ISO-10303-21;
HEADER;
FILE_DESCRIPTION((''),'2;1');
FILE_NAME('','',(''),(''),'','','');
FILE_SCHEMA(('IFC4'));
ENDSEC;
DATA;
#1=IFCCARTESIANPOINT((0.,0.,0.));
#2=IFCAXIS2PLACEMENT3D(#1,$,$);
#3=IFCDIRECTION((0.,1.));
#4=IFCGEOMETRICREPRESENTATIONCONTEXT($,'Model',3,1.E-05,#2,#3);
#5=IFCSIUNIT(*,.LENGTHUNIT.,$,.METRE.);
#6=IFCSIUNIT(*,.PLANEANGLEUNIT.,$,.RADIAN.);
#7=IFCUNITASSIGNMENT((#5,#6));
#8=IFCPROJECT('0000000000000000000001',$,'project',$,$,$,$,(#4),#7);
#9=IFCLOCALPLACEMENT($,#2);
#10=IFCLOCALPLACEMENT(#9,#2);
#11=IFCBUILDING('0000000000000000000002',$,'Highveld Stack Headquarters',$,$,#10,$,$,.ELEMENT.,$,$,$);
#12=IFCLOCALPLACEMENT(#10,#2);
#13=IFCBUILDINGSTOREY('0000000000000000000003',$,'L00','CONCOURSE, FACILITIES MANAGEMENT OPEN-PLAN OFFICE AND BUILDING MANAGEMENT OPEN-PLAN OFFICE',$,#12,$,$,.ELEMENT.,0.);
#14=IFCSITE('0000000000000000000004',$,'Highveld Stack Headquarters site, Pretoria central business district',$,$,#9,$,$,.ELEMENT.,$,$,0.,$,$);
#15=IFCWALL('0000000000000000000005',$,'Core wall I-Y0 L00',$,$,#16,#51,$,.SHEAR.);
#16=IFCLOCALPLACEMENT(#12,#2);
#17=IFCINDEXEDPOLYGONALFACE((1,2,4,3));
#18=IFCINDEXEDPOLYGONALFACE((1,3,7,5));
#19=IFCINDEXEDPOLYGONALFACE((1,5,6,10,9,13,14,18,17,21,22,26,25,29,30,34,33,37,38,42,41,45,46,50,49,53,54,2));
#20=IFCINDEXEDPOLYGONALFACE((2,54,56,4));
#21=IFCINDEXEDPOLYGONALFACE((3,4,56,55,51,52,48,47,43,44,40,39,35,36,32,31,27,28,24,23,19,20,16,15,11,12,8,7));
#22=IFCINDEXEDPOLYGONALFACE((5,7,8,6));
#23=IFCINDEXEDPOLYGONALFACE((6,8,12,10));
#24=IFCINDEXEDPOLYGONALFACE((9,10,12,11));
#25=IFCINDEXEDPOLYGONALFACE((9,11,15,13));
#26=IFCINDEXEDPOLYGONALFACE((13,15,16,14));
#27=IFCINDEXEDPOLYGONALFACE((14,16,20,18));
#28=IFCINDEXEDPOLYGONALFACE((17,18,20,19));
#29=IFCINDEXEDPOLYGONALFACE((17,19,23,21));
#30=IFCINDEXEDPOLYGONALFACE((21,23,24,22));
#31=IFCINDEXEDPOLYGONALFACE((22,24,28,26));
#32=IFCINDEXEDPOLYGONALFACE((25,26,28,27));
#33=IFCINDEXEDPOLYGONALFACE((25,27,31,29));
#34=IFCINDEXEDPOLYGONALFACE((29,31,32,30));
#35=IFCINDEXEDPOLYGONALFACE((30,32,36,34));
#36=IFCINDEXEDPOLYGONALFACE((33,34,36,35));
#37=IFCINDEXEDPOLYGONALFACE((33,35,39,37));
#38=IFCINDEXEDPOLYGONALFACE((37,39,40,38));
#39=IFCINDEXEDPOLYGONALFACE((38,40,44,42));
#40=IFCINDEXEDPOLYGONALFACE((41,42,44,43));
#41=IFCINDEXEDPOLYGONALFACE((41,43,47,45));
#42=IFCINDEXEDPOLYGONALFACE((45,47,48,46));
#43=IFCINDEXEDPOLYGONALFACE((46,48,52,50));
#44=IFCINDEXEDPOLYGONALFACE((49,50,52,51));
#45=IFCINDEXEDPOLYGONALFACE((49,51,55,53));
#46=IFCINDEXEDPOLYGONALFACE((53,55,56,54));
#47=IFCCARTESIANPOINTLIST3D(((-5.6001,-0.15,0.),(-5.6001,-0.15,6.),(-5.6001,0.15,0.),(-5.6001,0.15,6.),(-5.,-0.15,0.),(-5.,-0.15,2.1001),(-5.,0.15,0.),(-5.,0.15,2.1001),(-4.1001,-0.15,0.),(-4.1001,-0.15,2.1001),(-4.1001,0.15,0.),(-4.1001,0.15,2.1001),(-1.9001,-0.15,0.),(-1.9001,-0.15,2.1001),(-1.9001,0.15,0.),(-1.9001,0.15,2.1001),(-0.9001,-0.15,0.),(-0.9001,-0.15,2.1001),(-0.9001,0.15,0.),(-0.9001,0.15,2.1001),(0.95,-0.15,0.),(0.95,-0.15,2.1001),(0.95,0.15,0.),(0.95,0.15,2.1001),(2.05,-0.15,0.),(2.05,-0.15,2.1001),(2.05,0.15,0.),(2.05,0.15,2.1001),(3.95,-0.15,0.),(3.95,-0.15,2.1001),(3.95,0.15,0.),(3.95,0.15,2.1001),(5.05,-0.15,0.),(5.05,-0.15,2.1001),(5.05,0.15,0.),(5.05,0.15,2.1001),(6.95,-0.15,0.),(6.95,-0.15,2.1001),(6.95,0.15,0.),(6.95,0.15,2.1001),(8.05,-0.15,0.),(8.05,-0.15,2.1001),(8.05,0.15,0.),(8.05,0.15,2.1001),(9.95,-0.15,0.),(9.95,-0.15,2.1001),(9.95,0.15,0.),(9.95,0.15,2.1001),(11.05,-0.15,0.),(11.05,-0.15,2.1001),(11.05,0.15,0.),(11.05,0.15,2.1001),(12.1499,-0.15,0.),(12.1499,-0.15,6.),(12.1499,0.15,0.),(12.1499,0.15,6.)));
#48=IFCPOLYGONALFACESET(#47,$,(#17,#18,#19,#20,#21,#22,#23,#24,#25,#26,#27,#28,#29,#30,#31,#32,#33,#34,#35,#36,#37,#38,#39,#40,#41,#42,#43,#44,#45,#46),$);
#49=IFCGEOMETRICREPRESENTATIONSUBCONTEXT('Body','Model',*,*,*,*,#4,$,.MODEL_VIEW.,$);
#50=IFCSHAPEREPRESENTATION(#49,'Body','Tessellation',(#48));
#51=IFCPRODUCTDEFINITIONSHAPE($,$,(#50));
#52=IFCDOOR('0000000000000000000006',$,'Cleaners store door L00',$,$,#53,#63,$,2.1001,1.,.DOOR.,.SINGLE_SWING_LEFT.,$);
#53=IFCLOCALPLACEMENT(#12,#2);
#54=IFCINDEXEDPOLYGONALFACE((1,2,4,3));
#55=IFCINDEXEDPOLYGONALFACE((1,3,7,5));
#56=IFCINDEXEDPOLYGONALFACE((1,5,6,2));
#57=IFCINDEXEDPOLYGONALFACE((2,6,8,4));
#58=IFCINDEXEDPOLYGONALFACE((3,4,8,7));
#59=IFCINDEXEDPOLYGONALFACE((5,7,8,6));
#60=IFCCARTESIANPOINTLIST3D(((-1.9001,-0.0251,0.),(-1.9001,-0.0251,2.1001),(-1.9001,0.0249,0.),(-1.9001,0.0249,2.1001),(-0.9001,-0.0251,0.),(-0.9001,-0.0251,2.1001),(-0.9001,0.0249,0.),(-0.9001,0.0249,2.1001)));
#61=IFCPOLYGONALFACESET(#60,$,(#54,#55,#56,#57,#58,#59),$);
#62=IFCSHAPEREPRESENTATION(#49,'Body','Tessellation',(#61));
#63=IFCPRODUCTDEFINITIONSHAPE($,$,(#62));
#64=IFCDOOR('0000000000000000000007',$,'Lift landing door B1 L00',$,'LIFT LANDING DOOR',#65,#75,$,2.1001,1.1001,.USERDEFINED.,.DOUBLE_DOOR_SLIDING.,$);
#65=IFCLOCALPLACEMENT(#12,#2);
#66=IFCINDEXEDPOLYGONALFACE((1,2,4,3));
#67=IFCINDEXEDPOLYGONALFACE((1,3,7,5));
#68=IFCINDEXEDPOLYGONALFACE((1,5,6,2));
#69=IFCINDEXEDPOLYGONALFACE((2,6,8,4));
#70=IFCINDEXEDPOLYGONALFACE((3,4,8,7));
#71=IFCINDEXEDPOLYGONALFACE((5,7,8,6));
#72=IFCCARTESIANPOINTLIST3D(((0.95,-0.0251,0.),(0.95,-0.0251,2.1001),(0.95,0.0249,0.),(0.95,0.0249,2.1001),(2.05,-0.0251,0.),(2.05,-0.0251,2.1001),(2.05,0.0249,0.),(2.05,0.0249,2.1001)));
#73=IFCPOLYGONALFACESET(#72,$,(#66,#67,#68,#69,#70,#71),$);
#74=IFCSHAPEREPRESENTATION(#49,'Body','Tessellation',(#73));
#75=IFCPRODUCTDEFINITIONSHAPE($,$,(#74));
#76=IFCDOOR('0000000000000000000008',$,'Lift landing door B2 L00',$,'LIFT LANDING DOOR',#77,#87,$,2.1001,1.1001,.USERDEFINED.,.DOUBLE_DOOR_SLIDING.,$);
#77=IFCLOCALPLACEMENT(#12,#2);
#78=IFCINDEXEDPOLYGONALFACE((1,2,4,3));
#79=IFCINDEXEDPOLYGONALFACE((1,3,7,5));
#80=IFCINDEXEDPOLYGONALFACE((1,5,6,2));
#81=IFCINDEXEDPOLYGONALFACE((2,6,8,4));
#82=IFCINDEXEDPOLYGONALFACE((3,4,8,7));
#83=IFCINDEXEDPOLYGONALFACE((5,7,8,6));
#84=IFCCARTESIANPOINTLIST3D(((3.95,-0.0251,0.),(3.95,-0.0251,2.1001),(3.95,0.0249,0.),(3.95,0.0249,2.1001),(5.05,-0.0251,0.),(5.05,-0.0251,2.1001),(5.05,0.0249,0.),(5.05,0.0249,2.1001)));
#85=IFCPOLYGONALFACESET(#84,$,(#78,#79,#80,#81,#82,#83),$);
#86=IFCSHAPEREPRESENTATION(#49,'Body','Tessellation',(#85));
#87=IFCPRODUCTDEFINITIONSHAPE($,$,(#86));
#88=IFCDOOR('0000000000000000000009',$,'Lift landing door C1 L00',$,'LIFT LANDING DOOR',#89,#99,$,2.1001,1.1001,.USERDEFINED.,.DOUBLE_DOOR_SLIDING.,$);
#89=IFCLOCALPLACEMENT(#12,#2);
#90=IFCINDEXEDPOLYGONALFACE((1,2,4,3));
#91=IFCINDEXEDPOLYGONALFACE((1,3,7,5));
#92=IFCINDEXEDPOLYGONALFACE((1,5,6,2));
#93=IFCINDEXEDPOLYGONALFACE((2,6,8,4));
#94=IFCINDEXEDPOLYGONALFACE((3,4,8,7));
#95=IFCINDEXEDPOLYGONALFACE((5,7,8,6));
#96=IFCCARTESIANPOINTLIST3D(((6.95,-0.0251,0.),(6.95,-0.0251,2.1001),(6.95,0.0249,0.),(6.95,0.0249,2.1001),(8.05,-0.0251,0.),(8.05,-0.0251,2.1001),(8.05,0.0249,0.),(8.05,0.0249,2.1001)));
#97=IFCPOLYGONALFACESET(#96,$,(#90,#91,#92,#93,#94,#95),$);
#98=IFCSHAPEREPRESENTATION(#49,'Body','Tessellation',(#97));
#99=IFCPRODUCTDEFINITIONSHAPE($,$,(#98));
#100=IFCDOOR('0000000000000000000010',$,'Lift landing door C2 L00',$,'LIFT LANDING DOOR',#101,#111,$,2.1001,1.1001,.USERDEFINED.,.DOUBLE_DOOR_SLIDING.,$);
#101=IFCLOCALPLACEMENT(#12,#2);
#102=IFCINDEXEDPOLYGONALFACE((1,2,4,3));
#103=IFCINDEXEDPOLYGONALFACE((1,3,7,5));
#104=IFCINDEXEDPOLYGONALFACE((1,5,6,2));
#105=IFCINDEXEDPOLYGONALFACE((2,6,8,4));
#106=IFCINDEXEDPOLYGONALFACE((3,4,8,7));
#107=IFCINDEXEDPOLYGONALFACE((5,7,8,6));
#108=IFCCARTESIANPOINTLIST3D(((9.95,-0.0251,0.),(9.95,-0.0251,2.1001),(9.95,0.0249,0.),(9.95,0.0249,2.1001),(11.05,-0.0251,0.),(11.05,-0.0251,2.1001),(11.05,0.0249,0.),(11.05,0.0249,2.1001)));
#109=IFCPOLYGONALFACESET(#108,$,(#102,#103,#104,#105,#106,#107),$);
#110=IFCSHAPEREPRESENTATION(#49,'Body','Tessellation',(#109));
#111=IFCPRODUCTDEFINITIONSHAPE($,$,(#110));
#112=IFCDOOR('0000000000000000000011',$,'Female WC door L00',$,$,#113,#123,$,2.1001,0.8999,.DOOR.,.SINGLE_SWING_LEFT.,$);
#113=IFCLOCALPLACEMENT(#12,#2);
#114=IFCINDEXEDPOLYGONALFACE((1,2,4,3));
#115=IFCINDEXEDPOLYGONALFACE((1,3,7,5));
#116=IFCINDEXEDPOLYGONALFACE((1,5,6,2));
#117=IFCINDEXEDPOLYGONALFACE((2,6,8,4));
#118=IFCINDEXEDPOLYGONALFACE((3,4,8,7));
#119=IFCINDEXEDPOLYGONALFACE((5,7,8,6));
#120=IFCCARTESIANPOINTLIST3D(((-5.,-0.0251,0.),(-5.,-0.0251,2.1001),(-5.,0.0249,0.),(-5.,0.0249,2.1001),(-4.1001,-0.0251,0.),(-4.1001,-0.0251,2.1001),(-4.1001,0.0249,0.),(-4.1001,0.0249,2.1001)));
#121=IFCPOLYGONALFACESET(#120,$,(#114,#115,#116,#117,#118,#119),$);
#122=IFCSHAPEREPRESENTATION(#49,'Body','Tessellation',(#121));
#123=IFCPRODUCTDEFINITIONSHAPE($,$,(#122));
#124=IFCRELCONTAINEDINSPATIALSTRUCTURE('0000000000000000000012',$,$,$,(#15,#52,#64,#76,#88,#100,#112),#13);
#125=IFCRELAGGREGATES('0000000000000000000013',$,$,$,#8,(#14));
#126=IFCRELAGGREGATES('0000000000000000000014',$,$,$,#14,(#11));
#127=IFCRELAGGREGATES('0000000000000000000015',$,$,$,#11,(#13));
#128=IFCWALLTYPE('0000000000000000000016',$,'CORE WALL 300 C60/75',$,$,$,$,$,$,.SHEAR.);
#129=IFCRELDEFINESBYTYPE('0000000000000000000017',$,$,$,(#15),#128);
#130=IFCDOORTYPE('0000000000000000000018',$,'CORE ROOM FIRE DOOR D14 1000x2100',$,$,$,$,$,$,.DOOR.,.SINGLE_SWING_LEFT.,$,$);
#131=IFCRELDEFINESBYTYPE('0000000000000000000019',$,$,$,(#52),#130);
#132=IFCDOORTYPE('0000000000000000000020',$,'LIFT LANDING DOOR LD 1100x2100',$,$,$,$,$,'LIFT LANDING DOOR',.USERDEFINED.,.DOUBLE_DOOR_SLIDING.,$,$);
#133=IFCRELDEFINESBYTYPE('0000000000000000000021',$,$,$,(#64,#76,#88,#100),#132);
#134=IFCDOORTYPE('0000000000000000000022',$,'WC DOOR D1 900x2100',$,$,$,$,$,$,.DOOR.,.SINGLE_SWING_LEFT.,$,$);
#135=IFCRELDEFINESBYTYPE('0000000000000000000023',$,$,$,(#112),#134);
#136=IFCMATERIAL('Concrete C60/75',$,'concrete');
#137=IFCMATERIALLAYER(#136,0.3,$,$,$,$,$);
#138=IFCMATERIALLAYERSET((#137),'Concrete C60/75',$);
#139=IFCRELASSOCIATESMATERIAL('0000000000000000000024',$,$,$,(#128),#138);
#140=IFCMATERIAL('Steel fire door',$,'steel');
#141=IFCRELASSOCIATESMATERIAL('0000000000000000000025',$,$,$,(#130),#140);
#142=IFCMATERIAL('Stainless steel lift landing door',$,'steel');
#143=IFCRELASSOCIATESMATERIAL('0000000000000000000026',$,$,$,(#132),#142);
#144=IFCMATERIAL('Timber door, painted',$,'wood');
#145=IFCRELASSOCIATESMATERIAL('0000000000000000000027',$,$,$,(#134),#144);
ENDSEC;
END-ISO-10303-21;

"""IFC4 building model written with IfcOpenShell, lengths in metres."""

from ifc_helpers import new_model, si_unit, direction, frame, frame_2d, origin, place, context, subcontext, project, spatial, rectangle, extrude, material, layer, layer_set, type_object, element, fill, save


model = new_model("IFC4")

# Units and contexts
model_context = context("Model", 3, precision=1e-05, world=origin(), true_north=direction((0.0, 1.0)))
body_context = subcontext(model_context, "Body", "Model", "MODEL_VIEW")
ifc_project = project(units=[si_unit("LENGTHUNIT", "METRE"), si_unit("PLANEANGLEUNIT", "RADIAN")], contexts=[model_context])

# Site, building, storey
site_placement = place(None, origin())
site = spatial("IfcSite", under=ifc_project, at=site_placement, Name="Highveld Stack Headquarters site, Pretoria central business district", CompositionType="ELEMENT", RefElevation=0.0)
building_placement = place(site_placement, origin())
building = spatial("IfcBuilding", under=site, at=building_placement, Name="Highveld Stack Headquarters", CompositionType="ELEMENT")
storey_placement = place(building_placement, origin())
storey = spatial("IfcBuildingStorey", under=building, at=storey_placement, Name="L00", Description="CONCOURSE, FACILITIES MANAGEMENT OPEN-PLAN OFFICE AND BUILDING MANAGEMENT OPEN-PLAN OFFICE", CompositionType="ELEMENT", Elevation=0.0)

# Wall, openings, doors
ifc_material_1 = material(Name="Concrete C60/75", Category="concrete")
ifc_layer_1 = layer(ifc_material_1, 0.3)
ifc_layer_set_1 = layer_set([ifc_layer_1], Name="Concrete C60/75")
wall_type = type_object("IfcWallType", Name="CORE WALL 300 C60/75", PredefinedType="SHEAR", material=ifc_layer_set_1)
wall_1_placement = place(storey_placement, frame((-5.6001, 0.0, 0.0), z_axis=(0.0, 0.0, 1.0), x_axis=(1.0, 0.0, 0.0)))
wall_1 = element("IfcWall", 1, at=wall_1_placement, inside=storey, type_object=wall_type, Name="Core wall I-Y0 L00", PredefinedType="SHEAR", context=body_context, shape_type="SweptSolid", body=[
    extrude(rectangle(XDim=17.75, YDim=0.3, at=frame_2d((8.875, 0.0))), origin(), (0.0, 0.0, 1.0), 6.0),
])
opening_1_placement = place(wall_1_placement, frame((0.6001, 0.0, 0.0)))
opening_1 = element("IfcOpeningElement", 2, at=opening_1_placement, cuts=wall_1, PredefinedType="OPENING", context=body_context, shape_type="SweptSolid", body=[
    extrude(rectangle(XDim=0.8999, YDim=2.1001, at=frame_2d((0.45, 1.05))), frame((0.0, 0.1599, 0.0), z_axis=(0.0, -1.0, 0.0), x_axis=(1.0, 0.0, 0.0)), (0.0, 0.0, 1.0), 0.3201),
])
opening_2_placement = place(wall_1_placement, frame((3.7, 0.0, 0.0)))
opening_2 = element("IfcOpeningElement", 3, at=opening_2_placement, cuts=wall_1, PredefinedType="OPENING", context=body_context, shape_type="SweptSolid", body=[
    extrude(rectangle(XDim=1.0, YDim=2.1001, at=frame_2d((0.5, 1.05))), frame((0.0, 0.1599, 0.0), z_axis=(0.0, -1.0, 0.0), x_axis=(1.0, 0.0, 0.0)), (0.0, 0.0, 1.0), 0.3201),
])
opening_3_placement = place(wall_1_placement, frame((6.55, 0.0, 0.0)))
opening_3 = element("IfcOpeningElement", 4, at=opening_3_placement, cuts=wall_1, PredefinedType="OPENING", context=body_context, shape_type="SweptSolid", body=[
    extrude(rectangle(XDim=1.1001, YDim=2.1001, at=frame_2d((0.55, 1.05))), frame((0.0, 0.1599, 0.0), z_axis=(0.0, -1.0, 0.0), x_axis=(1.0, 0.0, 0.0)), (0.0, 0.0, 1.0), 0.3201),
])
opening_4_placement = place(wall_1_placement, frame((9.55, 0.0, 0.0)))
opening_4 = element("IfcOpeningElement", 5, at=opening_4_placement, cuts=wall_1, PredefinedType="OPENING", context=body_context, shape_type="SweptSolid", body=[
    extrude(rectangle(XDim=1.1001, YDim=2.1001, at=frame_2d((0.55, 1.05))), frame((0.0, 0.1599, 0.0), z_axis=(0.0, -1.0, 0.0), x_axis=(1.0, 0.0, 0.0)), (0.0, 0.0, 1.0), 0.3201),
])
opening_5_placement = place(wall_1_placement, frame((12.55, 0.0, 0.0)))
opening_5 = element("IfcOpeningElement", 6, at=opening_5_placement, cuts=wall_1, PredefinedType="OPENING", context=body_context, shape_type="SweptSolid", body=[
    extrude(rectangle(XDim=1.1001, YDim=2.1001, at=frame_2d((0.55, 1.05))), frame((0.0, 0.1599, 0.0), z_axis=(0.0, -1.0, 0.0), x_axis=(1.0, 0.0, 0.0)), (0.0, 0.0, 1.0), 0.3201),
])
opening_6_placement = place(wall_1_placement, frame((15.55, 0.0, 0.0)))
opening_6 = element("IfcOpeningElement", 7, at=opening_6_placement, cuts=wall_1, PredefinedType="OPENING", context=body_context, shape_type="SweptSolid", body=[
    extrude(rectangle(XDim=1.1001, YDim=2.1001, at=frame_2d((0.55, 1.05))), frame((0.0, 0.1599, 0.0), z_axis=(0.0, -1.0, 0.0), x_axis=(1.0, 0.0, 0.0)), (0.0, 0.0, 1.0), 0.3201),
])
ifc_material_2 = material(Name="Steel fire door", Category="steel")
door_type_1 = type_object("IfcDoorType", Name="CORE ROOM FIRE DOOR D14 1000x2100", OperationType="SINGLE_SWING_LEFT", PredefinedType="DOOR", material=ifc_material_2)
door_1_placement = place(opening_2_placement, origin())
door_1 = element("IfcDoor", 8, at=door_1_placement, inside=storey, type_object=door_type_1, Name="Cleaners store door L00", OperationType="SINGLE_SWING_LEFT", OverallHeight=2.1001, OverallWidth=1.0, PredefinedType="DOOR", context=body_context, shape_type="SweptSolid", body=[
    extrude(rectangle(XDim=1.0, YDim=2.1001, at=frame_2d((0.5, 1.05))), frame((0.0, 0.0249, 0.0), z_axis=(0.0, -1.0, 0.0), x_axis=(1.0, 0.0, 0.0)), (0.0, 0.0, 1.0), 0.05),
])
fill(opening_2, door_1)
ifc_material_3 = material(Name="Stainless steel lift landing door", Category="steel")
door_type_2 = type_object("IfcDoorType", Name="LIFT LANDING DOOR LD 1100x2100", ElementType="LIFT LANDING DOOR", OperationType="DOUBLE_DOOR_SLIDING", PredefinedType="USERDEFINED", material=ifc_material_3)
door_2_placement = place(opening_3_placement, origin())
door_2 = element("IfcDoor", 9, at=door_2_placement, inside=storey, type_object=door_type_2, Name="Lift landing door B1 L00", ObjectType="LIFT LANDING DOOR", OperationType="DOUBLE_DOOR_SLIDING", OverallHeight=2.1001, OverallWidth=1.1001, PredefinedType="USERDEFINED", context=body_context, shape_type="SweptSolid", body=[
    extrude(rectangle(XDim=1.1001, YDim=2.1001, at=frame_2d((0.55, 1.05))), frame((0.0, 0.0249, 0.0), z_axis=(0.0, -1.0, 0.0), x_axis=(1.0, 0.0, 0.0)), (0.0, 0.0, 1.0), 0.05),
])
fill(opening_3, door_2)
door_3_placement = place(opening_4_placement, origin())
door_3 = element("IfcDoor", 10, at=door_3_placement, inside=storey, type_object=door_type_2, Name="Lift landing door B2 L00", ObjectType="LIFT LANDING DOOR", OperationType="DOUBLE_DOOR_SLIDING", OverallHeight=2.1001, OverallWidth=1.1001, PredefinedType="USERDEFINED", context=body_context, shape_type="SweptSolid", body=[
    extrude(rectangle(XDim=1.1001, YDim=2.1001, at=frame_2d((0.55, 1.05))), frame((0.0, 0.0249, 0.0), z_axis=(0.0, -1.0, 0.0), x_axis=(1.0, 0.0, 0.0)), (0.0, 0.0, 1.0), 0.05),
])
fill(opening_4, door_3)
door_4_placement = place(opening_5_placement, origin())
door_4 = element("IfcDoor", 11, at=door_4_placement, inside=storey, type_object=door_type_2, Name="Lift landing door C1 L00", ObjectType="LIFT LANDING DOOR", OperationType="DOUBLE_DOOR_SLIDING", OverallHeight=2.1001, OverallWidth=1.1001, PredefinedType="USERDEFINED", context=body_context, shape_type="SweptSolid", body=[
    extrude(rectangle(XDim=1.1001, YDim=2.1001, at=frame_2d((0.55, 1.05))), frame((0.0, 0.0249, 0.0), z_axis=(0.0, -1.0, 0.0), x_axis=(1.0, 0.0, 0.0)), (0.0, 0.0, 1.0), 0.05),
])
fill(opening_5, door_4)
door_5_placement = place(opening_6_placement, origin())
door_5 = element("IfcDoor", 12, at=door_5_placement, inside=storey, type_object=door_type_2, Name="Lift landing door C2 L00", ObjectType="LIFT LANDING DOOR", OperationType="DOUBLE_DOOR_SLIDING", OverallHeight=2.1001, OverallWidth=1.1001, PredefinedType="USERDEFINED", context=body_context, shape_type="SweptSolid", body=[
    extrude(rectangle(XDim=1.1001, YDim=2.1001, at=frame_2d((0.55, 1.05))), frame((0.0, 0.0249, 0.0), z_axis=(0.0, -1.0, 0.0), x_axis=(1.0, 0.0, 0.0)), (0.0, 0.0, 1.0), 0.05),
])
fill(opening_6, door_5)
ifc_material_4 = material(Name="Timber door, painted", Category="wood")
door_type_3 = type_object("IfcDoorType", Name="WC DOOR D1 900x2100", OperationType="SINGLE_SWING_LEFT", PredefinedType="DOOR", material=ifc_material_4)
door_6_placement = place(opening_1_placement, origin())
door_6 = element("IfcDoor", 13, at=door_6_placement, inside=storey, type_object=door_type_3, Name="Female WC door L00", OperationType="SINGLE_SWING_LEFT", OverallHeight=2.1001, OverallWidth=0.8999, PredefinedType="DOOR", context=body_context, shape_type="SweptSolid", body=[
    extrude(rectangle(XDim=0.8999, YDim=2.1001, at=frame_2d((0.45, 1.05))), frame((0.0, 0.0249, 0.0), z_axis=(0.0, -1.0, 0.0), x_axis=(1.0, 0.0, 0.0)), (0.0, 0.0, 1.0), 0.05),
])
fill(opening_1, door_6)

save(model, "model.ifc")
